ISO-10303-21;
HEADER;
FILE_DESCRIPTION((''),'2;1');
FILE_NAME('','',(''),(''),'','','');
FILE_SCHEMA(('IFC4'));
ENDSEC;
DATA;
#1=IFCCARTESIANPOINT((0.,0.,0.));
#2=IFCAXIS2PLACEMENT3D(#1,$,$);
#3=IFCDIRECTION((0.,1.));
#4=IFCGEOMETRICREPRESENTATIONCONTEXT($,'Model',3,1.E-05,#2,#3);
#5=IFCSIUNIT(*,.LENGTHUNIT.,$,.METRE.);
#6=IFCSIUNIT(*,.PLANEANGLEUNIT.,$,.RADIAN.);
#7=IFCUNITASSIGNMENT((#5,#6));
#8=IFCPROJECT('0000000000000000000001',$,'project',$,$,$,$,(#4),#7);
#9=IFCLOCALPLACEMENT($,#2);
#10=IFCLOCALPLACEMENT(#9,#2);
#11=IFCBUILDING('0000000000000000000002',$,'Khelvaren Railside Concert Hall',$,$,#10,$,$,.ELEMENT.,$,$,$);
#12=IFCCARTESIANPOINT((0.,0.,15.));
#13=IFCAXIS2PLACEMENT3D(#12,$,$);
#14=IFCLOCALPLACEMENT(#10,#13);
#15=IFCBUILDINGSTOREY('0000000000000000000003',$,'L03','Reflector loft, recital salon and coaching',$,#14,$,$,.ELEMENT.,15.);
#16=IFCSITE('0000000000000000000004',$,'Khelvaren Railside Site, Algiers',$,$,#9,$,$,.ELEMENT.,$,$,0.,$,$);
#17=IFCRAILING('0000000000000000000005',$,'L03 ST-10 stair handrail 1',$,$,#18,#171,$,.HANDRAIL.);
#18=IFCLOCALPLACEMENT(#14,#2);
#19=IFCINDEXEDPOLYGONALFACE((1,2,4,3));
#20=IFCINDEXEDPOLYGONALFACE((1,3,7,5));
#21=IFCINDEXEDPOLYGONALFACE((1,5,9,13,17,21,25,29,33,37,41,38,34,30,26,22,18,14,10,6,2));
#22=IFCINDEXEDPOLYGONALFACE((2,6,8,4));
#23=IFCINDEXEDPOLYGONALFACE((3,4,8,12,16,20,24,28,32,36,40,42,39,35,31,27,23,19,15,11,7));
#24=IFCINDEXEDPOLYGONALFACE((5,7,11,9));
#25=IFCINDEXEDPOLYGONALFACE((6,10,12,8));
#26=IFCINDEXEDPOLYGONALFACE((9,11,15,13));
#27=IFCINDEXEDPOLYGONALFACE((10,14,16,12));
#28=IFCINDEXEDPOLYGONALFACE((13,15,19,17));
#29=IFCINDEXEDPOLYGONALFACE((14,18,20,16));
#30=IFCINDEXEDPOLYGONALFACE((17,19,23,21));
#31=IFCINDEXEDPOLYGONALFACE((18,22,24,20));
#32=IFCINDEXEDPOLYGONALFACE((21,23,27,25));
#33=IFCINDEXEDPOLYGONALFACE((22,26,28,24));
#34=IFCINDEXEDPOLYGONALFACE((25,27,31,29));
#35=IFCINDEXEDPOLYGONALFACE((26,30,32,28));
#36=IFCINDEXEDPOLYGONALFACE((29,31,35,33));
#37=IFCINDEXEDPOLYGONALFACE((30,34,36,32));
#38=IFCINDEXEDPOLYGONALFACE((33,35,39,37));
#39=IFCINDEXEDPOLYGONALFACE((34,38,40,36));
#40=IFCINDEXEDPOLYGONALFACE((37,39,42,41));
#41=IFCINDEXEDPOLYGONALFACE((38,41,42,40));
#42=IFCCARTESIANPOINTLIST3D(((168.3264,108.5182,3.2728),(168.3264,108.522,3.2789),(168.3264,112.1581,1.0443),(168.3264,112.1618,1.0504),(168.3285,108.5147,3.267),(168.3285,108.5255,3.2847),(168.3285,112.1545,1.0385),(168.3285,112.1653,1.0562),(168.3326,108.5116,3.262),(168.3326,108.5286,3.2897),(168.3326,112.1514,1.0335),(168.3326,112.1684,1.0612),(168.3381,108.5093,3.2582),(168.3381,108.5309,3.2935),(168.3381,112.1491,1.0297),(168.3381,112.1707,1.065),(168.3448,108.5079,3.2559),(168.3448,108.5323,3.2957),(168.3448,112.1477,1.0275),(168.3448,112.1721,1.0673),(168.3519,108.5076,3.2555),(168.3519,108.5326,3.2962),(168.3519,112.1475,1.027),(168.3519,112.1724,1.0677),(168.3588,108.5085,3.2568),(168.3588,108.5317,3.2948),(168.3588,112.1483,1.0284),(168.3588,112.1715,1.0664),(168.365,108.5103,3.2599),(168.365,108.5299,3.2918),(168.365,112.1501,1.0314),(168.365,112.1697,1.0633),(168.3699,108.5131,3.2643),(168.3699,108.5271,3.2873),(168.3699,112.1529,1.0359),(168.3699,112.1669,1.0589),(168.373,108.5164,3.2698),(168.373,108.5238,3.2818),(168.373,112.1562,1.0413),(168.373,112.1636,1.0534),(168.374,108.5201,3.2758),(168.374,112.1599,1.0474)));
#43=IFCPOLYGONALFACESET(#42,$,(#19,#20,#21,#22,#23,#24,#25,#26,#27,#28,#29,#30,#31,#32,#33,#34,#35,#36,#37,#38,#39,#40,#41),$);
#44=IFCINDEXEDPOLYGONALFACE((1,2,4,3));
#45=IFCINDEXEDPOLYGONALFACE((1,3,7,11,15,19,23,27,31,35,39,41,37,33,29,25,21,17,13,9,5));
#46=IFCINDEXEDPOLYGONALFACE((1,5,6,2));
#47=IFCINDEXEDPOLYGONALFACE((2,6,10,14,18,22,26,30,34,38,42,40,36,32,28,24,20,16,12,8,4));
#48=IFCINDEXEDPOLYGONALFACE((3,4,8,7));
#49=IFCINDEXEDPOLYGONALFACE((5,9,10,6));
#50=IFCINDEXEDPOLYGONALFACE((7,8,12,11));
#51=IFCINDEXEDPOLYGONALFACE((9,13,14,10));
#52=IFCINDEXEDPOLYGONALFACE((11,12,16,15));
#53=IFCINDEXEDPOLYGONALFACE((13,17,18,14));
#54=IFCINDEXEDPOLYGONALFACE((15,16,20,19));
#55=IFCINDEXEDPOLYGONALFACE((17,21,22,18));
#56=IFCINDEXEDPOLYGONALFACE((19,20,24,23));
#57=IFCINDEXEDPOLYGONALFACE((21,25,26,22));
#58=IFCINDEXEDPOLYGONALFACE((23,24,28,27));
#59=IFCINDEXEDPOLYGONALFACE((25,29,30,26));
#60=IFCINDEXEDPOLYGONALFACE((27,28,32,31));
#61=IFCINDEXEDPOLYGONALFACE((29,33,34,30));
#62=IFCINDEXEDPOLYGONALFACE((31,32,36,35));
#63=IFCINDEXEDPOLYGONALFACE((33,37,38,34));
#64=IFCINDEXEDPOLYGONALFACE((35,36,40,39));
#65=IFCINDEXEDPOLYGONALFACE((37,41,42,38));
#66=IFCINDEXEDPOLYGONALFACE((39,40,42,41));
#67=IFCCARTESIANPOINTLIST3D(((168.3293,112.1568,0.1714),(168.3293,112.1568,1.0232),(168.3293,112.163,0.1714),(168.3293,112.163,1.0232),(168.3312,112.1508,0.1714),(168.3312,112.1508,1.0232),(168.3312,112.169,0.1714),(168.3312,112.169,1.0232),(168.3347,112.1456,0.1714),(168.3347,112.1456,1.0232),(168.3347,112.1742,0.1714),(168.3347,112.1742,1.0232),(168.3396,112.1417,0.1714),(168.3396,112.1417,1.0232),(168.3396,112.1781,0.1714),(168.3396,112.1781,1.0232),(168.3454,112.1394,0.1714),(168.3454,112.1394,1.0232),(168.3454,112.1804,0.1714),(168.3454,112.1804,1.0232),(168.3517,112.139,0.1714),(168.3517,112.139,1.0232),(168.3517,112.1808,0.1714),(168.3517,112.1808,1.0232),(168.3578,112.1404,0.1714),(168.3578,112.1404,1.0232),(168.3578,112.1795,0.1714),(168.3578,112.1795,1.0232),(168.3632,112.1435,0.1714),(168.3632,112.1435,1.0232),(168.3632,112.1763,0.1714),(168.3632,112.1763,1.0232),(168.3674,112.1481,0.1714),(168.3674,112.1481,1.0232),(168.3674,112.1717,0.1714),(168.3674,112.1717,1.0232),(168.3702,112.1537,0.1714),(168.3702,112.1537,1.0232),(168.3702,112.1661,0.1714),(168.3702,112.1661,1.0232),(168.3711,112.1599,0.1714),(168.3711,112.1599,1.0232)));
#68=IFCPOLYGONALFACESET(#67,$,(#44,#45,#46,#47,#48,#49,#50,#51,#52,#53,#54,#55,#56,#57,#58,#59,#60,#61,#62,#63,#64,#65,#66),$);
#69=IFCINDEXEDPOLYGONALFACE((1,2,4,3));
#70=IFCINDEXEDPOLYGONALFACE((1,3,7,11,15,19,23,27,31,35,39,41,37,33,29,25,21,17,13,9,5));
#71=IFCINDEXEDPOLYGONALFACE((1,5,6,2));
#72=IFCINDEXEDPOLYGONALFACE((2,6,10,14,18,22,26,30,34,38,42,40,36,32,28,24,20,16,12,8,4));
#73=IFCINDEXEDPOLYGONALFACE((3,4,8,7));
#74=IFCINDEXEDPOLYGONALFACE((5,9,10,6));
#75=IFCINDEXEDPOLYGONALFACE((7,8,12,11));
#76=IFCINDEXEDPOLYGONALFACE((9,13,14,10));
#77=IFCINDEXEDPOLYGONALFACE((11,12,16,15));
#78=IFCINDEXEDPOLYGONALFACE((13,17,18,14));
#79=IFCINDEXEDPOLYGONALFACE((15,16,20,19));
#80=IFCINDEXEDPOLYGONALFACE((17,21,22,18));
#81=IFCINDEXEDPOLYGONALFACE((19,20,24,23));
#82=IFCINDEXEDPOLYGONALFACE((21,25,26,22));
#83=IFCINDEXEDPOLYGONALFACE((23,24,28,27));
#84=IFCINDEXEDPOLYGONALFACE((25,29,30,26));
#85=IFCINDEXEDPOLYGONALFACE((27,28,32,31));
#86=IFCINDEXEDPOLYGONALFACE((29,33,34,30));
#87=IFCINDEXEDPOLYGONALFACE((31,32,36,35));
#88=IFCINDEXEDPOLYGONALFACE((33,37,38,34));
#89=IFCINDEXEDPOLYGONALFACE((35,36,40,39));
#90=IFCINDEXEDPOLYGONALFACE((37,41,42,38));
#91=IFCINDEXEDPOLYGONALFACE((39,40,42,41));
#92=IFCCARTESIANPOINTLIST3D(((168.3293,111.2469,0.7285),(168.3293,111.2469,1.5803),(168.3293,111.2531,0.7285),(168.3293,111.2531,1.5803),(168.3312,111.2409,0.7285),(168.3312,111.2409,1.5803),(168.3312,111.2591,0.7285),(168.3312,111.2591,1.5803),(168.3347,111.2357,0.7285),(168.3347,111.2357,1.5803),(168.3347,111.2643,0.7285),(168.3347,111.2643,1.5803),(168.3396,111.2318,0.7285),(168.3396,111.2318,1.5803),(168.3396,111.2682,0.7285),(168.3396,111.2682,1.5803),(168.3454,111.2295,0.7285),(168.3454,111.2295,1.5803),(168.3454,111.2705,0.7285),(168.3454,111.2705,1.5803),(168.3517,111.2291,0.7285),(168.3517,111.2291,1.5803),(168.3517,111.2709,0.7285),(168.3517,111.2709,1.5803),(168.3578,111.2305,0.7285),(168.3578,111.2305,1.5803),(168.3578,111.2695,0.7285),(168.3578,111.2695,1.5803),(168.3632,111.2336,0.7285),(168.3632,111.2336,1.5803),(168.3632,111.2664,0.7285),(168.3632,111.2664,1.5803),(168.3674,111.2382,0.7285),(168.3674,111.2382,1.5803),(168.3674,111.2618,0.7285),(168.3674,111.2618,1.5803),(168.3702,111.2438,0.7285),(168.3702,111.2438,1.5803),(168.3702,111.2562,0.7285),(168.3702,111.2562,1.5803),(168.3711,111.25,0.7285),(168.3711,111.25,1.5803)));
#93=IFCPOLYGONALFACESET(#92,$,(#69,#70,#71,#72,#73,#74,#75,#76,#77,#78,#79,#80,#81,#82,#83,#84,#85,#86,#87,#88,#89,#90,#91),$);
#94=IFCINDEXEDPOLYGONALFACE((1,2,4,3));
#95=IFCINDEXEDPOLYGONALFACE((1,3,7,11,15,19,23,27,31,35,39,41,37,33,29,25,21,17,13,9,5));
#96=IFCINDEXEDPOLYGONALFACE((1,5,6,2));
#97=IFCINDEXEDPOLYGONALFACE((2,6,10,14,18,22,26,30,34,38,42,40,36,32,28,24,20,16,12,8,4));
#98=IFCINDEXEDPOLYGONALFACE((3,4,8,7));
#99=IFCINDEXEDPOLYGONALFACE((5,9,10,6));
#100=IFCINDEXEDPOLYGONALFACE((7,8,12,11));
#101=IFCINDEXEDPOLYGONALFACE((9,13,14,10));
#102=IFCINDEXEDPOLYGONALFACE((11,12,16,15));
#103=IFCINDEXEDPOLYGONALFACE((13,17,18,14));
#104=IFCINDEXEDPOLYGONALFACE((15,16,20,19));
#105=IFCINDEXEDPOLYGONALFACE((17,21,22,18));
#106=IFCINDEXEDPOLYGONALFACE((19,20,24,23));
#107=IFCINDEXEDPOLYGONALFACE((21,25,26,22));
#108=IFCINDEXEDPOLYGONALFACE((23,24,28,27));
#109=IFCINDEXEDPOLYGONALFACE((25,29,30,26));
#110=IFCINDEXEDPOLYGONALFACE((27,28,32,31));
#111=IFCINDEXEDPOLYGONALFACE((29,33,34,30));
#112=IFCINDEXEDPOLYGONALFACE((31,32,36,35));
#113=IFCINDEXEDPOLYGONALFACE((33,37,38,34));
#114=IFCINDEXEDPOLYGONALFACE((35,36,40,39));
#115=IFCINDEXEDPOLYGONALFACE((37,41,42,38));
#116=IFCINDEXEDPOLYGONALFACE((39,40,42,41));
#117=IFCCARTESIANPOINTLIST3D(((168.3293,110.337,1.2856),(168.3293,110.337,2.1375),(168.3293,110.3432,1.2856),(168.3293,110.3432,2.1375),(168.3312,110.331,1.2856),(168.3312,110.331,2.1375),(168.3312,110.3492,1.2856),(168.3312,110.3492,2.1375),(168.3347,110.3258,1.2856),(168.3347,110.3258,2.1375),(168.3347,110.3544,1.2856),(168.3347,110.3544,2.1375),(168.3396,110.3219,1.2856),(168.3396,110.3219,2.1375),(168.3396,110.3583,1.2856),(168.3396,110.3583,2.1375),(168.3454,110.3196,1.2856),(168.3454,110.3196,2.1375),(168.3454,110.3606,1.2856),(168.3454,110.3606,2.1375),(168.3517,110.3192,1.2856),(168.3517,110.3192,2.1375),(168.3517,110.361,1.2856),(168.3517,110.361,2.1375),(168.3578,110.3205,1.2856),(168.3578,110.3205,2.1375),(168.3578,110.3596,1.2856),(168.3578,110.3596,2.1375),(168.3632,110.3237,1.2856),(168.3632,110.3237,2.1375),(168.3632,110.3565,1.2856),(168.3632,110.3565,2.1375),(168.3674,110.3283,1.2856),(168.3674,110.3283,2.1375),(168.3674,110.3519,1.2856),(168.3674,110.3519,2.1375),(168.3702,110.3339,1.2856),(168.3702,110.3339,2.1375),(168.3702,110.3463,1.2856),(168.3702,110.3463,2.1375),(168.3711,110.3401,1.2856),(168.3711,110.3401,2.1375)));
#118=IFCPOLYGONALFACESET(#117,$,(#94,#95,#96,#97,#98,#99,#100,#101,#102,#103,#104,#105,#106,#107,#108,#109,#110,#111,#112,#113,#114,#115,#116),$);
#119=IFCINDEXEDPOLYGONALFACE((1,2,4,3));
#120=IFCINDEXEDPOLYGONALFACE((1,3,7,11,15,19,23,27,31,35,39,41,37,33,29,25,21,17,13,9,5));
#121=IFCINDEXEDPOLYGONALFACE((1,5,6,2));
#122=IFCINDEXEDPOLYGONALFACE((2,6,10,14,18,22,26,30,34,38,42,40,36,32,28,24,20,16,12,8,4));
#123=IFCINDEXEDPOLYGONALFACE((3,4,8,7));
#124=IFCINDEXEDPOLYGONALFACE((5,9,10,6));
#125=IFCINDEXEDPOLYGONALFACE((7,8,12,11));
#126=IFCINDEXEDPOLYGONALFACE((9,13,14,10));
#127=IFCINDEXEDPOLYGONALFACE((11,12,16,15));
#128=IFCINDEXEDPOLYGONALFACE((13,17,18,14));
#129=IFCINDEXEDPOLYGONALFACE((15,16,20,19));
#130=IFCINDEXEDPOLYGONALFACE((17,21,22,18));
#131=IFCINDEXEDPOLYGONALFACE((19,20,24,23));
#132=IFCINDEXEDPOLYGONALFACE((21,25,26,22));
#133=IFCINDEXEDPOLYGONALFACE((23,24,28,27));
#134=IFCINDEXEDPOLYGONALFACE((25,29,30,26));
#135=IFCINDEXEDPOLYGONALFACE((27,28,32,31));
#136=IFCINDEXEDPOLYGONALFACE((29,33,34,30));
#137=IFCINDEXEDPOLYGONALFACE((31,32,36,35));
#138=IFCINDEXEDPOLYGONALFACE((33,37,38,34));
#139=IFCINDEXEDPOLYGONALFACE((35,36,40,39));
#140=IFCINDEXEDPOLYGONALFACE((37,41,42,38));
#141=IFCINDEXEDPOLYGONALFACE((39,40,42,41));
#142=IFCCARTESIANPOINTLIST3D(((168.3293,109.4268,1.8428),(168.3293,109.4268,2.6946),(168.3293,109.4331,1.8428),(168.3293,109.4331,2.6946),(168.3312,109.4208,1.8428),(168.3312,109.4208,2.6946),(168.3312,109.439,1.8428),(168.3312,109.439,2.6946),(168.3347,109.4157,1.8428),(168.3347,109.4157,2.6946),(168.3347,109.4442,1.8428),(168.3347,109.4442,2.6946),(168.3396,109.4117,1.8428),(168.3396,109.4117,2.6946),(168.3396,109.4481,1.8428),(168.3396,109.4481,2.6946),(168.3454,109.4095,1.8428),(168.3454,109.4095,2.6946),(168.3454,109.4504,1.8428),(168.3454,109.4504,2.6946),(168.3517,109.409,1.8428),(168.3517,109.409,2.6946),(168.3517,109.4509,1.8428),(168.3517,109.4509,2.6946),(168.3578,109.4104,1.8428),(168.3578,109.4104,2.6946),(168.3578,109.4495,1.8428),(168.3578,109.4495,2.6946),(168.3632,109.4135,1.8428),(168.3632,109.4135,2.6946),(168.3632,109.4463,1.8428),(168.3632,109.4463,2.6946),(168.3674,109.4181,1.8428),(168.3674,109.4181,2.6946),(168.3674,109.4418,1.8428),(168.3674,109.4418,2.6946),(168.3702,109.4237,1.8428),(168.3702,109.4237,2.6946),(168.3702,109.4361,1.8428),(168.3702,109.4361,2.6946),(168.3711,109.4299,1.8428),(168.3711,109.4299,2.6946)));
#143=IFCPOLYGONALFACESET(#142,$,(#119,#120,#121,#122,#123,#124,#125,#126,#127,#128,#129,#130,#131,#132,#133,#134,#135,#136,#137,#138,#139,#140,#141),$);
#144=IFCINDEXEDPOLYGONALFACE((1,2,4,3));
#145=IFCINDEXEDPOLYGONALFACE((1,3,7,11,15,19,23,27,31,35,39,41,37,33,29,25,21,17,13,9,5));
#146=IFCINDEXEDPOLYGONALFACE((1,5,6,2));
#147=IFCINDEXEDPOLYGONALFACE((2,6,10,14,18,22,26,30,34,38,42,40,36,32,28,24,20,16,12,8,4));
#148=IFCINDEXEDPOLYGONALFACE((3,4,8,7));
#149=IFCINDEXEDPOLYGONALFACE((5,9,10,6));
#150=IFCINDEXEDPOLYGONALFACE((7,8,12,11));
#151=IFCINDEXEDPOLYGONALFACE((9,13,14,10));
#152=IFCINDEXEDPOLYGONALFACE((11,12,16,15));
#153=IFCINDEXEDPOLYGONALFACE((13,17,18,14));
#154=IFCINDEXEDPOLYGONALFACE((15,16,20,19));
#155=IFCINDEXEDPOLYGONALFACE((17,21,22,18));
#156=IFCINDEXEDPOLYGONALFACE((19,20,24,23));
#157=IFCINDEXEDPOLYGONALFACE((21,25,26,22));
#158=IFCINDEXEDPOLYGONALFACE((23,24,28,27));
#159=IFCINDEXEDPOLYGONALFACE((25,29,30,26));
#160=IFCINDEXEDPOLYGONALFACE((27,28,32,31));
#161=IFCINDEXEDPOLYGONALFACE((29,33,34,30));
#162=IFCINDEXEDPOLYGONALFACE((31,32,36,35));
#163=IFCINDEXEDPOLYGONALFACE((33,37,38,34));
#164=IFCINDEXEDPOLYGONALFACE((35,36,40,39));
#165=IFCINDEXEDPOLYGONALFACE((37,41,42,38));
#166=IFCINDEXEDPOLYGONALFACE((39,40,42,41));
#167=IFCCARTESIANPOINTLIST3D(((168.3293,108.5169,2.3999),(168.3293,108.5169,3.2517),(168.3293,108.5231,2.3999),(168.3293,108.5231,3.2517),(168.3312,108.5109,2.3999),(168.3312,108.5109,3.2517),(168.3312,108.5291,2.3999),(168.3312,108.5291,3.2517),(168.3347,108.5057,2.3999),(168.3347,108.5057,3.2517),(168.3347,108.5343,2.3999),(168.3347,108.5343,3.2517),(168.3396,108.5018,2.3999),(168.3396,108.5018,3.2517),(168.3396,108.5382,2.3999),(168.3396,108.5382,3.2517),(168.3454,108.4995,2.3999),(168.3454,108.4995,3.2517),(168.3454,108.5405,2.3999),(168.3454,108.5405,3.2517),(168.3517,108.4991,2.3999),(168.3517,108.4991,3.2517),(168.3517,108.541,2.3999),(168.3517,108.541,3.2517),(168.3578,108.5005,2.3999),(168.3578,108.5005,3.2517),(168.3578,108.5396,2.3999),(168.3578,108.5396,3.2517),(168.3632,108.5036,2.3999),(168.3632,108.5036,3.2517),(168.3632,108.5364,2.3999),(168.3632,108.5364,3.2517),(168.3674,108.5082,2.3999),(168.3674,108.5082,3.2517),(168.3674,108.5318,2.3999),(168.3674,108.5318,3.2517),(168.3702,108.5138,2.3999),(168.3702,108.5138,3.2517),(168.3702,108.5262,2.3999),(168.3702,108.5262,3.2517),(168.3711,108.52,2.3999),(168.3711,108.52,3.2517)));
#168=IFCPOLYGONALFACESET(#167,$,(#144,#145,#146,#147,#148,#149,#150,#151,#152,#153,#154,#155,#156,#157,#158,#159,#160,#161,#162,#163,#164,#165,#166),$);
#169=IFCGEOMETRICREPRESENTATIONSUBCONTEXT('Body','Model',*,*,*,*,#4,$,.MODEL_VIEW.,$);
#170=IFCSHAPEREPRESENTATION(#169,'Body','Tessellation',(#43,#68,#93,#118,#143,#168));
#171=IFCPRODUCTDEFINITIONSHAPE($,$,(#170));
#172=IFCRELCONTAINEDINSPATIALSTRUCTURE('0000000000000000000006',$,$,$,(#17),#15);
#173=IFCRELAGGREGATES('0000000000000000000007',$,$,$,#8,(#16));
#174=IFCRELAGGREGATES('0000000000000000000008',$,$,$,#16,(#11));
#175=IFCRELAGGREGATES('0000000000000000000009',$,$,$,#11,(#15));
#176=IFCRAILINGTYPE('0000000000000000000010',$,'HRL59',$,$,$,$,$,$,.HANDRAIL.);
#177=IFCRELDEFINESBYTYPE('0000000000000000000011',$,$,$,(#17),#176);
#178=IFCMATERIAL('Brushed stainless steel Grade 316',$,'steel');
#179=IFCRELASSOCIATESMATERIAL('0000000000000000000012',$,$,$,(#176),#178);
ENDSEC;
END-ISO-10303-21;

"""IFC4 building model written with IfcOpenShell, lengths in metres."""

from ifc_helpers import new_model, si_unit, direction, frame, origin, origin_2d, place, context, subcontext, project, spatial, circle, extrude, material, type_object, element, save


model = new_model("IFC4")

# Units and contexts
model_context = context("Model", 3, precision=1e-05, world=origin(), true_north=direction((0.0, 1.0)))
body_context = subcontext(model_context, "Body", "Model", "MODEL_VIEW")
ifc_project = project(units=[si_unit("LENGTHUNIT", "METRE"), si_unit("PLANEANGLEUNIT", "RADIAN")], contexts=[model_context])

# Site, building, storey
site_placement = place(None, origin())
site = spatial("IfcSite", under=ifc_project, at=site_placement, Name="Khelvaren Railside Site, Algiers", CompositionType="ELEMENT", RefElevation=0.0)
building_placement = place(site_placement, origin())
building = spatial("IfcBuilding", under=site, at=building_placement, Name="Khelvaren Railside Concert Hall", CompositionType="ELEMENT")
storey_placement = place(building_placement, frame((0.0, 0.0, 15.0)))
storey = spatial("IfcBuildingStorey", under=building, at=storey_placement, Name="L03", Description="Reflector loft, recital salon and coaching", CompositionType="ELEMENT", Elevation=15.0)

# Railing
ifc_material_1 = material(Name="Brushed stainless steel Grade 316", Category="steel")
railing_type_1 = type_object("IfcRailingType", Name="HRL59", PredefinedType="HANDRAIL", material=ifc_material_1)
railing_1_placement = place(storey_placement, frame((168.3501, 112.1599, 0.1714)))
element("IfcRailing", 1, at=railing_1_placement, inside=storey, type_object=railing_type_1, Name="L03 ST-10 stair handrail 1", PredefinedType="HANDRAIL", context=body_context, shape_type="SweptSolid", body=[
    extrude(circle(Radius=0.0239, at=origin_2d()), frame((0.0, 0.0, 0.876), z_axis=(0.0, -0.85285, 0.522156), x_axis=(1.0, 0.0, 0.0)), (0.0, 0.0, 1.0), 4.2678),
    extrude(circle(Radius=0.021, at=origin_2d()), origin(), (0.0, 0.0, 1.0), 0.8518),
    extrude(circle(Radius=0.021, at=origin_2d()), frame((0.0, -0.9099, 0.5571)), (0.0, 0.0, 1.0), 0.8518),
    extrude(circle(Radius=0.021, at=origin_2d()), frame((0.0, -1.8198, 1.1143)), (0.0, 0.0, 1.0), 0.8518),
    extrude(circle(Radius=0.021, at=origin_2d()), frame((0.0, -2.73, 1.6714)), (0.0, 0.0, 1.0), 0.8518),
    extrude(circle(Radius=0.021, at=origin_2d()), frame((0.0, -3.6399, 2.2285)), (0.0, 0.0, 1.0), 0.8518),
])

save(model, "model.ifc")
